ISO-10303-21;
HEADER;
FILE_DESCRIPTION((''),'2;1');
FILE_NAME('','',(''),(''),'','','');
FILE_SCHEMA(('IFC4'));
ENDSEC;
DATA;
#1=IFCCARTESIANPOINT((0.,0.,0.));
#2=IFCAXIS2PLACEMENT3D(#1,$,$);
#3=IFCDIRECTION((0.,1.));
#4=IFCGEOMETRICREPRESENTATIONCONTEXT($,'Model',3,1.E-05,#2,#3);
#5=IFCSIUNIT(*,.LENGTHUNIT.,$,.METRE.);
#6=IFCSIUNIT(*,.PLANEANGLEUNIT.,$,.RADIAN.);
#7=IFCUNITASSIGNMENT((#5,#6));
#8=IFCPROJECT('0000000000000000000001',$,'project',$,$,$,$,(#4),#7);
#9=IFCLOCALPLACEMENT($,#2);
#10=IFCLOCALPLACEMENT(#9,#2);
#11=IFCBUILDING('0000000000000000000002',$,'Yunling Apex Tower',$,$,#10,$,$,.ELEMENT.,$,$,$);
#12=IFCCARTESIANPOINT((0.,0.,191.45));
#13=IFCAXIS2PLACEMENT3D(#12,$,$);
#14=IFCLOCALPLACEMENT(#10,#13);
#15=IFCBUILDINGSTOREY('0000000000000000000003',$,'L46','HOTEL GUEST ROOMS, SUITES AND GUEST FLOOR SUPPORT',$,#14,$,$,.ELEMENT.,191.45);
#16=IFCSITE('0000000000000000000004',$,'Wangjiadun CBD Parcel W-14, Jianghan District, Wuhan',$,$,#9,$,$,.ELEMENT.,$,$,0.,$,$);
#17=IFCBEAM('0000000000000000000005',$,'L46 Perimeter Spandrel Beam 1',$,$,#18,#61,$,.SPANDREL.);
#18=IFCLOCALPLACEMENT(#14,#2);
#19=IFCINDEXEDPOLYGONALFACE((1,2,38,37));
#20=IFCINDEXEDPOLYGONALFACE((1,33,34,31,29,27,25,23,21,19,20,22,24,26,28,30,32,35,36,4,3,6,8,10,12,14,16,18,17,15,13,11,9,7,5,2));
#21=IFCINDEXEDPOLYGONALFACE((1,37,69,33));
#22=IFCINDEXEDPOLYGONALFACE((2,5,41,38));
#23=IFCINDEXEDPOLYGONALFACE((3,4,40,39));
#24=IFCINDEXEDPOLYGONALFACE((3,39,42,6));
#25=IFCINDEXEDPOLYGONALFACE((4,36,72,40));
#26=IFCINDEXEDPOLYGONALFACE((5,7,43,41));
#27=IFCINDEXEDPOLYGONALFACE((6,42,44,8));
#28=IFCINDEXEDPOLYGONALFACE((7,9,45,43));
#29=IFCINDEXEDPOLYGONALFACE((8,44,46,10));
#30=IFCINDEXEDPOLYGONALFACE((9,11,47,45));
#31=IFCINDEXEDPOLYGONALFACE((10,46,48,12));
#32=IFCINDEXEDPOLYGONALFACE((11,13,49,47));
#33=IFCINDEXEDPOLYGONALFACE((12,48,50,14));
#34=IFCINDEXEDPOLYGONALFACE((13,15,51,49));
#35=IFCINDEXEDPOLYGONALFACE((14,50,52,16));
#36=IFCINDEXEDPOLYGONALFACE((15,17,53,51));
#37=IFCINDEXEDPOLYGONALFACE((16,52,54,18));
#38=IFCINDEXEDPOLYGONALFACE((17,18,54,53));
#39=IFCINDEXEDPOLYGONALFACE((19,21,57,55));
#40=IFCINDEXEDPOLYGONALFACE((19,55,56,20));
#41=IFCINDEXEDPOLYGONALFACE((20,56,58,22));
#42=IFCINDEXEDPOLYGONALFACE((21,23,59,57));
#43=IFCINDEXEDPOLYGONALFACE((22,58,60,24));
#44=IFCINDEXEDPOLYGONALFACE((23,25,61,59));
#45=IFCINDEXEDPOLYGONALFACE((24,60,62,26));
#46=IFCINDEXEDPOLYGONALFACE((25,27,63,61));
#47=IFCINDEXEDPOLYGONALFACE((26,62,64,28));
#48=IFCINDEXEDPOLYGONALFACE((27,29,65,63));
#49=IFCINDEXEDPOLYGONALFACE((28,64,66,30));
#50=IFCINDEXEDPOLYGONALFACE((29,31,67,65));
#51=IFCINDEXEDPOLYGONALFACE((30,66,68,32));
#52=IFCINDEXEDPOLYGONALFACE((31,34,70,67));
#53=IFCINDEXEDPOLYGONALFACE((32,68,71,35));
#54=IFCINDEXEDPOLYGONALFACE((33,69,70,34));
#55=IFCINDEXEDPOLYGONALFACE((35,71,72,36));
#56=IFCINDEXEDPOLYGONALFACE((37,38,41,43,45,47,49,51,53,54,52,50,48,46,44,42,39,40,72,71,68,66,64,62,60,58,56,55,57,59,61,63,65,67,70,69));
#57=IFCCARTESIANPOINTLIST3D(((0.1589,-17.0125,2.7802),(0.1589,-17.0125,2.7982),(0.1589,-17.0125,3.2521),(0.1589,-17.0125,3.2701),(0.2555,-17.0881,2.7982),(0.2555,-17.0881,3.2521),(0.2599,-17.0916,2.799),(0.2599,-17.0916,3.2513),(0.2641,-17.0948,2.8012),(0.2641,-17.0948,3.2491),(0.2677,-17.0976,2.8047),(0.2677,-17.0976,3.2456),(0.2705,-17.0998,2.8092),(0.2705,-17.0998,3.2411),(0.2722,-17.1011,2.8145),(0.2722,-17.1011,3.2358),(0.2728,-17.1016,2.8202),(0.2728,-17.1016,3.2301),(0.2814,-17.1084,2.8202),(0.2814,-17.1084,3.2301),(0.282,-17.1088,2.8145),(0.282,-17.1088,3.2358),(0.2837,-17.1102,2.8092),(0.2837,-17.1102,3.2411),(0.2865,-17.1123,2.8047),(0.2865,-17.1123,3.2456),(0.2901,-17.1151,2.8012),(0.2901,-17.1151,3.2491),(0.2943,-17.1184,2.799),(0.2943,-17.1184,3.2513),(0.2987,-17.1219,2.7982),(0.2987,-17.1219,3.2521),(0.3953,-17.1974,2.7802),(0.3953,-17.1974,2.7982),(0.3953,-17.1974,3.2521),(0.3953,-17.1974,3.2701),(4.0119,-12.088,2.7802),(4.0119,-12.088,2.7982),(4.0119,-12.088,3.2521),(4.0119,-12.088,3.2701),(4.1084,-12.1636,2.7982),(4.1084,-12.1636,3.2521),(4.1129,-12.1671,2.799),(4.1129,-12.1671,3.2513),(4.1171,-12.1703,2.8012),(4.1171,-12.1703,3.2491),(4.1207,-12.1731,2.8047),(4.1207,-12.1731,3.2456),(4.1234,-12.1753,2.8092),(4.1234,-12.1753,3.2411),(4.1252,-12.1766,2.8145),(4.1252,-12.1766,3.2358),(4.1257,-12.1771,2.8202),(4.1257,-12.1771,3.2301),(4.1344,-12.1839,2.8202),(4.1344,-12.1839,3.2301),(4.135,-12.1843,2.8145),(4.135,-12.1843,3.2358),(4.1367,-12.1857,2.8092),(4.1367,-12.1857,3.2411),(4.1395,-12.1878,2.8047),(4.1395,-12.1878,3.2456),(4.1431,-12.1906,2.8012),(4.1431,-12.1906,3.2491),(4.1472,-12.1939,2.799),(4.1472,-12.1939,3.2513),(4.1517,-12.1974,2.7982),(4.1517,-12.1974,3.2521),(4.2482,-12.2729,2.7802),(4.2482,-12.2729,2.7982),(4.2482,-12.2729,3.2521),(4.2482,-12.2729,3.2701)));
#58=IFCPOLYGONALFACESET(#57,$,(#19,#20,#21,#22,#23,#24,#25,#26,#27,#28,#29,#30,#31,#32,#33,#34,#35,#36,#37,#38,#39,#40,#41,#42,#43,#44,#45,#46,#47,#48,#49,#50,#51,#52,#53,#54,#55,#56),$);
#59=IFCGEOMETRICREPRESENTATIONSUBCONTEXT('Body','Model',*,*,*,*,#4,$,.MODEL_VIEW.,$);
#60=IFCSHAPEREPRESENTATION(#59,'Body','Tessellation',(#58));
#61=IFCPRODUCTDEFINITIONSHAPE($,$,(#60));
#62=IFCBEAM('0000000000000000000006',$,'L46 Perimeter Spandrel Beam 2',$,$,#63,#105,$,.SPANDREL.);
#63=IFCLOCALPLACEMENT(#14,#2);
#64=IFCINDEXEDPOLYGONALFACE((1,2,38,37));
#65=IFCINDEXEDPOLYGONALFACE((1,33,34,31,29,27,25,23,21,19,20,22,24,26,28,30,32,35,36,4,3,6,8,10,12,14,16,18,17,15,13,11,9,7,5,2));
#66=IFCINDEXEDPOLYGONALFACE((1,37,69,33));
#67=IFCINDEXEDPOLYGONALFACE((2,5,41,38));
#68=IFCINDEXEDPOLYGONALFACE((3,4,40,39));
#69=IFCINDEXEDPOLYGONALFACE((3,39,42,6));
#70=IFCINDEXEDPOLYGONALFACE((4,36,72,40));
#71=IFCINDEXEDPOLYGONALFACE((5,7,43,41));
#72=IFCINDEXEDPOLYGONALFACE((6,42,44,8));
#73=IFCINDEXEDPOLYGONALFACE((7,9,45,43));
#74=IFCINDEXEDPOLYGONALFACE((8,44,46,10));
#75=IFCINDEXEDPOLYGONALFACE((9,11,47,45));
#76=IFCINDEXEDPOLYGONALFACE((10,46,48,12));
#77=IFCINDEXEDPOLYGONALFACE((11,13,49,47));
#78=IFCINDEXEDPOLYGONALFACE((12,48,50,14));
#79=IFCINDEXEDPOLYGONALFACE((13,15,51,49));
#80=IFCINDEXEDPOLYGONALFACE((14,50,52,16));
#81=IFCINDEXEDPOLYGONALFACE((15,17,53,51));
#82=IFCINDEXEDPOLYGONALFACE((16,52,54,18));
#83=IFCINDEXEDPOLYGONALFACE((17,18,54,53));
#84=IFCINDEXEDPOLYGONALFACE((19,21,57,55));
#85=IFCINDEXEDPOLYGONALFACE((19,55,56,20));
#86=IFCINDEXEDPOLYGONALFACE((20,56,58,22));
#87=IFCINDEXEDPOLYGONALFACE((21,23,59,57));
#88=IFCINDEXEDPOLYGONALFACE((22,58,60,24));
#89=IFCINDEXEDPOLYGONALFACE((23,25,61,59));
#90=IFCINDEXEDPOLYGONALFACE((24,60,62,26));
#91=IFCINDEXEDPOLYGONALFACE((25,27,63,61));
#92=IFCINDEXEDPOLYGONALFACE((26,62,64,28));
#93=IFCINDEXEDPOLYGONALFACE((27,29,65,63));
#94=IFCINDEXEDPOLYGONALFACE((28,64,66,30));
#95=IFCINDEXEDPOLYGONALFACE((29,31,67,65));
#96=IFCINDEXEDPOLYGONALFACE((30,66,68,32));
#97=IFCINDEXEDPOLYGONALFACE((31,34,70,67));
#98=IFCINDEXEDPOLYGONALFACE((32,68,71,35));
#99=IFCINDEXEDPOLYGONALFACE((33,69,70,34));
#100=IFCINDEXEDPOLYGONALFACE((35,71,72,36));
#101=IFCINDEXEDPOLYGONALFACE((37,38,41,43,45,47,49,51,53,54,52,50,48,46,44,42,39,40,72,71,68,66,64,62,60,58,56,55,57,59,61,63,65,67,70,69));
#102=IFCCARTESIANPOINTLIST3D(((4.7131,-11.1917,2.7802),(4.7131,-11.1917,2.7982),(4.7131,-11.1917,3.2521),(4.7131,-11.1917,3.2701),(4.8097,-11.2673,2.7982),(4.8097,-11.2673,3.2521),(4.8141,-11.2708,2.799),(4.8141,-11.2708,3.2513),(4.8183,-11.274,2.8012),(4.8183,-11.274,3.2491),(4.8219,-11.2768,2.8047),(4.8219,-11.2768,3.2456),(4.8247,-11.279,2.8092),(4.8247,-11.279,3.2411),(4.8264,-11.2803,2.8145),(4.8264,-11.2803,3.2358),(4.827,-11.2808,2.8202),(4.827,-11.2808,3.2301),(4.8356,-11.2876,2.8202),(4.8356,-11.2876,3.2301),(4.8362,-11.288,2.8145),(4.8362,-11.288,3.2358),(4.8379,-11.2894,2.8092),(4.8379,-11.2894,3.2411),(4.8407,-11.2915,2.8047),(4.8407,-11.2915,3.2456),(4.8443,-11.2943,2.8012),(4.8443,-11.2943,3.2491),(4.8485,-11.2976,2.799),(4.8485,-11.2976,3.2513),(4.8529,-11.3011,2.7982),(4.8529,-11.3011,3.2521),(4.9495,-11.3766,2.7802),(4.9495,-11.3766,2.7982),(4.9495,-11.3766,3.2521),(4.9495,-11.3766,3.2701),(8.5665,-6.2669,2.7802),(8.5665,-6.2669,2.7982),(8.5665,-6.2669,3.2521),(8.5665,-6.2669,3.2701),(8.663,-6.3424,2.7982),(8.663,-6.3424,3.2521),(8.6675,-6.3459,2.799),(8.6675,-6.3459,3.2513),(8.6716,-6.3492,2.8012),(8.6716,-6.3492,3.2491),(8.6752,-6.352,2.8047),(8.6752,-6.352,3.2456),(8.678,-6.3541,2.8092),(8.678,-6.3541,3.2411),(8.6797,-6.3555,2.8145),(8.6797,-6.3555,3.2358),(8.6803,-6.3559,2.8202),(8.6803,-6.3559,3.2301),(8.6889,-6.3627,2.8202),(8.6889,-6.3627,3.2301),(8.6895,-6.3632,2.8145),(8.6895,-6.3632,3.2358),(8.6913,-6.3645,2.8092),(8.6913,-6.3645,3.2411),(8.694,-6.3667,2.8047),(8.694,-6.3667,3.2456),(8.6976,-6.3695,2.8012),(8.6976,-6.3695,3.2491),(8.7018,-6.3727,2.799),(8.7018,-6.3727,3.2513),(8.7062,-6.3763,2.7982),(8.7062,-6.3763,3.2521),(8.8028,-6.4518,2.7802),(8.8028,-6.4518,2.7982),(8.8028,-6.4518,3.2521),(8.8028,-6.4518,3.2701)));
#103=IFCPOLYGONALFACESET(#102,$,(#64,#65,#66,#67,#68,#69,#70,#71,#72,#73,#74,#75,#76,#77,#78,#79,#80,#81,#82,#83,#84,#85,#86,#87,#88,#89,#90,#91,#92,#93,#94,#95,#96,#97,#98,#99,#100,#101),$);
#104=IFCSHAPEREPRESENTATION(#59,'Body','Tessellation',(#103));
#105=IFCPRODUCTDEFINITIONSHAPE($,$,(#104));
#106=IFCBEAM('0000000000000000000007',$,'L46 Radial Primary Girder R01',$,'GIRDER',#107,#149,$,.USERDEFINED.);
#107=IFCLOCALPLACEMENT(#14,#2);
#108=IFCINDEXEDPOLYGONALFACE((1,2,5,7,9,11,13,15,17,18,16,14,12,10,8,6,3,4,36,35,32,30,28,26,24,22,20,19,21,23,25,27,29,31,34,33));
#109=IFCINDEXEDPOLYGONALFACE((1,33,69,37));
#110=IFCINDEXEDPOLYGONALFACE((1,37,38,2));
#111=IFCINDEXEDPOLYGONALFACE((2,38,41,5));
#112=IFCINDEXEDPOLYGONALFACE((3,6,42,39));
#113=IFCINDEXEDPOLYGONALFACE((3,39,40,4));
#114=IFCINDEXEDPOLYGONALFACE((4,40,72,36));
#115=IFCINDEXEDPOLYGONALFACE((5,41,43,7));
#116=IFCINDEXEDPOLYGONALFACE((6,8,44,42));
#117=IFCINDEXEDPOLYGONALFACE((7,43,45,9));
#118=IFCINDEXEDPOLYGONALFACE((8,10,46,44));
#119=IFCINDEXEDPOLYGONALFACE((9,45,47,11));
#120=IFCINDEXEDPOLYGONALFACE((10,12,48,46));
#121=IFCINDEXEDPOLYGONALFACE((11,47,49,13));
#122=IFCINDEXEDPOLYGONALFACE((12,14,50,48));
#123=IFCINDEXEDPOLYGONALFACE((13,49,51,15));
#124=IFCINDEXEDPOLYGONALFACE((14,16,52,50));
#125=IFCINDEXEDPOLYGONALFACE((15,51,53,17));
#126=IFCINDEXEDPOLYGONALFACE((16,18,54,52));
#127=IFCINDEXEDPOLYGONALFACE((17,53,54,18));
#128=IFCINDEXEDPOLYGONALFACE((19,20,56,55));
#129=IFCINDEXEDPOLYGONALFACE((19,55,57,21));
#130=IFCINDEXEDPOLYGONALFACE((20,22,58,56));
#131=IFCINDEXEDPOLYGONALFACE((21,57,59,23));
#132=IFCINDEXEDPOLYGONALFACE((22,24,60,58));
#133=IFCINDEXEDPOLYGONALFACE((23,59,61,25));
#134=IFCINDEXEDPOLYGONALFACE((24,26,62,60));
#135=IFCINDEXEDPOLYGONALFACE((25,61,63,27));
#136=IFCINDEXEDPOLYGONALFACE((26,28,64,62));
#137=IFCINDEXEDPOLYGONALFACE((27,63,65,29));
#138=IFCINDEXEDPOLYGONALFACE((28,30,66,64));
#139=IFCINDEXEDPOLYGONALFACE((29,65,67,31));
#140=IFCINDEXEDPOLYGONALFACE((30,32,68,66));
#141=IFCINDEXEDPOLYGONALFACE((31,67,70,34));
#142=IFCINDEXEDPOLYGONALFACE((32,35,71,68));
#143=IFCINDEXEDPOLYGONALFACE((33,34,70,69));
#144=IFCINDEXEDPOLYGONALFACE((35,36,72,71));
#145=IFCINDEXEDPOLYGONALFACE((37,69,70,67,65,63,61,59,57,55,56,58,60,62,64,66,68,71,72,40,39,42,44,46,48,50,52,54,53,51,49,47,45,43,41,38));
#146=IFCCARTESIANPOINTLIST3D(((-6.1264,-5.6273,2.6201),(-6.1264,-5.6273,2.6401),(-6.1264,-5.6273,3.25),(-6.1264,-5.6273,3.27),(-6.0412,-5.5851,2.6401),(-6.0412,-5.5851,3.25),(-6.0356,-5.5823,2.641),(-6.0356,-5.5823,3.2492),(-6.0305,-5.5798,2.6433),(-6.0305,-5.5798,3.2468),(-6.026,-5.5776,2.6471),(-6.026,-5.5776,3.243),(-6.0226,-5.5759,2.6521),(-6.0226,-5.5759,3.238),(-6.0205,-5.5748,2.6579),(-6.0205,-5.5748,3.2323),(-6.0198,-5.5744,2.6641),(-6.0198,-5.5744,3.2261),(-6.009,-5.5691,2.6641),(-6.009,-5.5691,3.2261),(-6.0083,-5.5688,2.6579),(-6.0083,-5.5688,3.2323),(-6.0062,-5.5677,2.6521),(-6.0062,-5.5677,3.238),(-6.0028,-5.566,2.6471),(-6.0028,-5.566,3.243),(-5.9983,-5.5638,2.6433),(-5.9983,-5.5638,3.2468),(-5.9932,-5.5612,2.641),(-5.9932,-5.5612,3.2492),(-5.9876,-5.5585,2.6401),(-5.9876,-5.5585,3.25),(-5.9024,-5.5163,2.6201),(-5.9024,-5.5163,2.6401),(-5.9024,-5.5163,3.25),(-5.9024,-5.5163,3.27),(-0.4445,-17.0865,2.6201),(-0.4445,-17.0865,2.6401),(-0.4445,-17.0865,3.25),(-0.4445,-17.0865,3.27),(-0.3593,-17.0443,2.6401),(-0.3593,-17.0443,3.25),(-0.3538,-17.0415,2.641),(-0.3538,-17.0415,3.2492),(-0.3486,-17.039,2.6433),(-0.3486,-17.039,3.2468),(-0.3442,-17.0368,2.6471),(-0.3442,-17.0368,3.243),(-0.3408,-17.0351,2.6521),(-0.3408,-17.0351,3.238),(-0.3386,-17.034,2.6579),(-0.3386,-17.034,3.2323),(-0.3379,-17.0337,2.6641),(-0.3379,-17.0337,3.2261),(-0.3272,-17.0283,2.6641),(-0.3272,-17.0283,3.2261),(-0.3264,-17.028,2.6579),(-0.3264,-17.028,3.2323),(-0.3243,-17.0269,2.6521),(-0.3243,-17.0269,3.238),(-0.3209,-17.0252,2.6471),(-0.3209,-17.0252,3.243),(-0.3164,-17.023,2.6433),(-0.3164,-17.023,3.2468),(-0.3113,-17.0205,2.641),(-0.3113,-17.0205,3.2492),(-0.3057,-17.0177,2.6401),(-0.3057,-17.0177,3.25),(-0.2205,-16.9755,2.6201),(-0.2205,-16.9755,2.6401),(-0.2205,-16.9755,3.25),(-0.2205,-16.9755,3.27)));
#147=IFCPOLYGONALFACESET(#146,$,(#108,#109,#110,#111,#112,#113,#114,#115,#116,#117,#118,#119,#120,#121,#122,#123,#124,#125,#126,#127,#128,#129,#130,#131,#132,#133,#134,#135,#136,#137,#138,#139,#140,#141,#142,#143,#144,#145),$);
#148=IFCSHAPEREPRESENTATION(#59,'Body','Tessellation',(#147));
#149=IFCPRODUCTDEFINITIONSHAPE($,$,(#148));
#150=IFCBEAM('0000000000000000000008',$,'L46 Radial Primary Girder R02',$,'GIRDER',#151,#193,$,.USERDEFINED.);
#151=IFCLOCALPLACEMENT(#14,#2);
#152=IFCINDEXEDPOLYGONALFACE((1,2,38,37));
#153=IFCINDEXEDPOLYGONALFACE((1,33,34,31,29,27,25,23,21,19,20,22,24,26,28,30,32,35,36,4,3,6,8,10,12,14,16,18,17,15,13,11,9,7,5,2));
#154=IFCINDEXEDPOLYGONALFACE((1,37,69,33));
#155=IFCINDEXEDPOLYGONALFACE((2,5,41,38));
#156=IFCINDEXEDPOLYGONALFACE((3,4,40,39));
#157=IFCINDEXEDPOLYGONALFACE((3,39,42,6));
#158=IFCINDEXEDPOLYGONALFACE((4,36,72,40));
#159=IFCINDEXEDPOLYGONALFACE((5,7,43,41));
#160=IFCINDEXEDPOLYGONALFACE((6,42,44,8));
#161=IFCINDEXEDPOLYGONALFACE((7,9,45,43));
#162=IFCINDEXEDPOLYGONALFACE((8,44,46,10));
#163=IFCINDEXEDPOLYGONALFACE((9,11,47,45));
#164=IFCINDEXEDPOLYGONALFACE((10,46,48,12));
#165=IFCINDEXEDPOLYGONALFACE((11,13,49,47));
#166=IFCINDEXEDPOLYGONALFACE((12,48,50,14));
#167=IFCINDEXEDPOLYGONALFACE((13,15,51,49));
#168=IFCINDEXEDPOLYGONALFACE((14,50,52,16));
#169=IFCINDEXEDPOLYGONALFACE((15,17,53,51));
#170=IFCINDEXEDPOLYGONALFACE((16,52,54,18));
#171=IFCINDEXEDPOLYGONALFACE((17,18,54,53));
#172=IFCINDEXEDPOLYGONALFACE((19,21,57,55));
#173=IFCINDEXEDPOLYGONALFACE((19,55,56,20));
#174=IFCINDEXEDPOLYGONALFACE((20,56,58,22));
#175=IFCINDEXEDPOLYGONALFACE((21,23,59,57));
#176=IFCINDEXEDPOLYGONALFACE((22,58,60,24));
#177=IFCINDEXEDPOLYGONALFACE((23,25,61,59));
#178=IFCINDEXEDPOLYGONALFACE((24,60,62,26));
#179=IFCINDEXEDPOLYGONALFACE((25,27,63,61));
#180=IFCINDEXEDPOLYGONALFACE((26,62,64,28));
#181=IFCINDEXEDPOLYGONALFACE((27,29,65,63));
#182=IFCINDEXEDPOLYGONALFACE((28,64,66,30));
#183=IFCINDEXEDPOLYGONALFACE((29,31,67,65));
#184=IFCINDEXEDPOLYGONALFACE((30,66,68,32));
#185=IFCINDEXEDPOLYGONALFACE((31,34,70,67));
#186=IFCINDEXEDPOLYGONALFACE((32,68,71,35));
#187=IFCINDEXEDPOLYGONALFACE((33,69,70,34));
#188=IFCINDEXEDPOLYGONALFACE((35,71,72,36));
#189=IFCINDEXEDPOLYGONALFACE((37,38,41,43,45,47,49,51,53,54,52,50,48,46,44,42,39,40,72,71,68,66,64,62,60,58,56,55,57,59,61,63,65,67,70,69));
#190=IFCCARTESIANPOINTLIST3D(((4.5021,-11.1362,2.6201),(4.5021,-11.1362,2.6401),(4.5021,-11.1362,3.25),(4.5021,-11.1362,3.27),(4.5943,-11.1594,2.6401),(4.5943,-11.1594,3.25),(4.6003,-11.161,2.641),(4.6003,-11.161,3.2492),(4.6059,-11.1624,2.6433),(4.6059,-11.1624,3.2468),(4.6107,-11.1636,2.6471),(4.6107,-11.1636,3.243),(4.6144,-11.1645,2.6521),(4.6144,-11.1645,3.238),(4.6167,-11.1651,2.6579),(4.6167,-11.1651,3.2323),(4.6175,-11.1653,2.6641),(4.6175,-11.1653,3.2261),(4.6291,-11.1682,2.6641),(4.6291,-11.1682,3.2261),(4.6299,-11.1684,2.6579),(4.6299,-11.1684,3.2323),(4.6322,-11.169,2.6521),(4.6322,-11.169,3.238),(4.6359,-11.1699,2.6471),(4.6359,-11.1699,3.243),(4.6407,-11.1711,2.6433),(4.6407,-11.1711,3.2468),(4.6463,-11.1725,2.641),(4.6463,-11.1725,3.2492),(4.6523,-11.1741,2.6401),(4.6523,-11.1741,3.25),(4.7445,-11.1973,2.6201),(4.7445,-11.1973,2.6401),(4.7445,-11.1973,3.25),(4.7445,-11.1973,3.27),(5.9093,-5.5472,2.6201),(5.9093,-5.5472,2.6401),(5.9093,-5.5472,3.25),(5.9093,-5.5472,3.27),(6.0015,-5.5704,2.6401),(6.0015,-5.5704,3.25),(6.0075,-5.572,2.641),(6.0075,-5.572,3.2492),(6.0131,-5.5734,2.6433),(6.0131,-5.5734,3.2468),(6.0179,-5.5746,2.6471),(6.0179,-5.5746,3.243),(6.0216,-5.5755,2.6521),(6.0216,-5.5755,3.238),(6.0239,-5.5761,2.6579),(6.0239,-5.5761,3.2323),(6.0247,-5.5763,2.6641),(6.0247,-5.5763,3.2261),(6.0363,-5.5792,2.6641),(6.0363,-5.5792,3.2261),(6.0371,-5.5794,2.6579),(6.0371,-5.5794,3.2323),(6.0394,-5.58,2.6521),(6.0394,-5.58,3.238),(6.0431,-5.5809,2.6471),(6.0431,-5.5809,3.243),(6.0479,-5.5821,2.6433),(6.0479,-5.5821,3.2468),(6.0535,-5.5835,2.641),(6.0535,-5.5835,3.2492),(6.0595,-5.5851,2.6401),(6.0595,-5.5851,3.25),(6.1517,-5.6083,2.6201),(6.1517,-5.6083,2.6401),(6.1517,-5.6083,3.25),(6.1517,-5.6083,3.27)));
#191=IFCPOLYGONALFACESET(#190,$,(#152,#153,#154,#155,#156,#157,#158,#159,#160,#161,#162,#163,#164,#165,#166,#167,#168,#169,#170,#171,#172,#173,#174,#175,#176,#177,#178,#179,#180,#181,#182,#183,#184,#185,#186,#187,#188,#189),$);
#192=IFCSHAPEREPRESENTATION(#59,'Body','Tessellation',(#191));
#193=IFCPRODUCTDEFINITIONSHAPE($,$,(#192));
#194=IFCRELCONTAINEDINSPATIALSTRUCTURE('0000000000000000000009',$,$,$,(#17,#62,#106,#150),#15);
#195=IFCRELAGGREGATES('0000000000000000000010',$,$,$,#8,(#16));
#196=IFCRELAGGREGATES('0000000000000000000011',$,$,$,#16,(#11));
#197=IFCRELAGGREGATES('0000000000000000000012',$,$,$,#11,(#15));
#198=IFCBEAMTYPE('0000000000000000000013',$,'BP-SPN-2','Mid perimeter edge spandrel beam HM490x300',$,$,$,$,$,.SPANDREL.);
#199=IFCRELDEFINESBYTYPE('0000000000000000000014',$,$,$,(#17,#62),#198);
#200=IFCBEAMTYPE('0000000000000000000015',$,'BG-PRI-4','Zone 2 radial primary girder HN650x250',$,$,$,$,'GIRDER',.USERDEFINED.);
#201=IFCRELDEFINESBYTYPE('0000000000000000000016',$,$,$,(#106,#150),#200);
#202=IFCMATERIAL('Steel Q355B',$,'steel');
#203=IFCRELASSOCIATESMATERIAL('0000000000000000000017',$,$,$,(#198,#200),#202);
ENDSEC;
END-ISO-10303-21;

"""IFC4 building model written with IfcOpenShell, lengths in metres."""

from ifc_helpers import new_model, si_unit, direction, frame, origin, origin_2d, place, context, subcontext, project, spatial, i_section, extrude, source, transform, mapped, material, material_profile, profile_set, type_object, element, save


model = new_model("IFC4")

# Units and contexts
model_context = context("Model", 3, precision=1e-05, world=origin(), true_north=direction((0.0, 1.0)))
body_context = subcontext(model_context, "Body", "Model", "MODEL_VIEW")
ifc_project = project(units=[si_unit("LENGTHUNIT", "METRE"), si_unit("PLANEANGLEUNIT", "RADIAN")], contexts=[model_context])

# Site, building, storey
site_placement = place(None, origin())
site = spatial("IfcSite", under=ifc_project, at=site_placement, Name="Wangjiadun CBD Parcel W-14, Jianghan District, Wuhan", CompositionType="ELEMENT", RefElevation=0.0)
building_placement = place(site_placement, origin())
building = spatial("IfcBuilding", under=site, at=building_placement, Name="Yunling Apex Tower", CompositionType="ELEMENT")
storey_placement = place(building_placement, frame((0.0, 0.0, 191.45)))
storey = spatial("IfcBuildingStorey", under=building, at=storey_placement, Name="L46", Description="HOTEL GUEST ROOMS, SUITES AND GUEST FLOOR SUPPORT", CompositionType="ELEMENT", Elevation=191.45)

# Beams
ifc_material_1 = material(Name="Steel Q355B", Category="steel")
ifc_material_profile_1 = material_profile(ifc_material_1, i_section(OverallWidth=0.3, OverallDepth=0.49, WebThickness=0.011, FlangeThickness=0.0181, FilletRadius=0.022, at=origin_2d()))
ifc_profile_set_1 = profile_set([ifc_material_profile_1], Name="Steel Q355B")
beam_type_1 = type_object("IfcBeamType", Name="BP-SPN-2", Description="Mid perimeter edge spandrel beam HM490x300", PredefinedType="SPANDREL", material=ifc_profile_set_1)
shared_shape_1 = source(origin(), body_context, "Body", "SweptSolid", [
    extrude(i_section(OverallWidth=0.3, OverallDepth=0.49, WebThickness=0.011, FlangeThickness=0.0181, FilletRadius=0.022, at=origin_2d()), origin(), (0.0, 0.0, 1.0), 6.2527),
])
beam_1_placement = place(storey_placement, frame((0.2771, -17.105, 3.0251), z_axis=(0.616211, 0.787581, 0.0), x_axis=(-0.787581, 0.616211, 0.0)))
element("IfcBeam", 1, at=beam_1_placement, inside=storey, type_object=beam_type_1, Name="L46 Perimeter Spandrel Beam 1", PredefinedType="SPANDREL", context=body_context, shape_type="MappedRepresentation", body=[
    mapped(shared_shape_1, transform((0.0, 0.0, 0.0), scale=1.0)),
])
shared_shape_2 = source(origin(), body_context, "Body", "SweptSolid", [
    extrude(i_section(OverallWidth=0.3, OverallDepth=0.49, WebThickness=0.011, FlangeThickness=0.0181, FilletRadius=0.022, at=origin_2d()), origin(), (0.0, 0.0, 1.0), 6.2532),
])
beam_2_placement = place(storey_placement, frame((4.8313, -11.2842, 3.0251), z_axis=(0.616217, 0.787577, 0.0), x_axis=(-0.787577, 0.616217, 0.0)))
element("IfcBeam", 2, at=beam_2_placement, inside=storey, type_object=beam_type_1, Name="L46 Perimeter Spandrel Beam 2", PredefinedType="SPANDREL", context=body_context, shape_type="MappedRepresentation", body=[
    mapped(shared_shape_2, transform((0.0, 0.0, 0.0), scale=1.0)),
])
ifc_material_profile_2 = material_profile(ifc_material_1, i_section(OverallWidth=0.25, OverallDepth=0.6499, WebThickness=0.012, FlangeThickness=0.02, FilletRadius=0.0239, at=origin_2d()))
ifc_profile_set_2 = profile_set([ifc_material_profile_2], Name="Steel Q355B")
beam_type_2 = type_object("IfcBeamType", Name="BG-PRI-4", Description="Zone 2 radial primary girder HN650x250", ElementType="GIRDER", PredefinedType="USERDEFINED", material=ifc_profile_set_2)
shared_shape_3 = source(origin(), body_context, "Body", "SweptSolid", [
    extrude(i_section(OverallWidth=0.25, OverallDepth=0.6499, WebThickness=0.012, FlangeThickness=0.02, FilletRadius=0.0239, at=origin_2d()), origin(), (0.0, 0.0, 1.0), 12.7905),
])
beam_3_placement = place(storey_placement, frame((-0.3325, -17.031, 2.9451), z_axis=(-0.444226, 0.895915, 0.0), x_axis=(-0.895915, -0.444226, 0.0)))
element("IfcBeam", 3, at=beam_3_placement, inside=storey, type_object=beam_type_2, Name="L46 Radial Primary Girder R01", ObjectType="GIRDER", PredefinedType="USERDEFINED", context=body_context, shape_type="MappedRepresentation", body=[
    mapped(shared_shape_3, transform((0.0, 0.0, 0.0), scale=1.0)),
])
shared_shape_4 = source(origin(), body_context, "Body", "SweptSolid", [
    extrude(i_section(OverallWidth=0.25, OverallDepth=0.6499, WebThickness=0.012, FlangeThickness=0.02, FilletRadius=0.0239, at=origin_2d()), origin(), (0.0, 0.0, 1.0), 5.7634),
])
beam_4_placement = place(storey_placement, frame((4.6233, -11.1667, 2.9451), z_axis=(0.24416, 0.969735, 0.0), x_axis=(-0.969735, 0.24416, 0.0)))
element("IfcBeam", 4, at=beam_4_placement, inside=storey, type_object=beam_type_2, Name="L46 Radial Primary Girder R02", ObjectType="GIRDER", PredefinedType="USERDEFINED", context=body_context, shape_type="MappedRepresentation", body=[
    mapped(shared_shape_4, transform((0.0, 0.0, 0.0), scale=1.0)),
])

save(model, "model.ifc")
